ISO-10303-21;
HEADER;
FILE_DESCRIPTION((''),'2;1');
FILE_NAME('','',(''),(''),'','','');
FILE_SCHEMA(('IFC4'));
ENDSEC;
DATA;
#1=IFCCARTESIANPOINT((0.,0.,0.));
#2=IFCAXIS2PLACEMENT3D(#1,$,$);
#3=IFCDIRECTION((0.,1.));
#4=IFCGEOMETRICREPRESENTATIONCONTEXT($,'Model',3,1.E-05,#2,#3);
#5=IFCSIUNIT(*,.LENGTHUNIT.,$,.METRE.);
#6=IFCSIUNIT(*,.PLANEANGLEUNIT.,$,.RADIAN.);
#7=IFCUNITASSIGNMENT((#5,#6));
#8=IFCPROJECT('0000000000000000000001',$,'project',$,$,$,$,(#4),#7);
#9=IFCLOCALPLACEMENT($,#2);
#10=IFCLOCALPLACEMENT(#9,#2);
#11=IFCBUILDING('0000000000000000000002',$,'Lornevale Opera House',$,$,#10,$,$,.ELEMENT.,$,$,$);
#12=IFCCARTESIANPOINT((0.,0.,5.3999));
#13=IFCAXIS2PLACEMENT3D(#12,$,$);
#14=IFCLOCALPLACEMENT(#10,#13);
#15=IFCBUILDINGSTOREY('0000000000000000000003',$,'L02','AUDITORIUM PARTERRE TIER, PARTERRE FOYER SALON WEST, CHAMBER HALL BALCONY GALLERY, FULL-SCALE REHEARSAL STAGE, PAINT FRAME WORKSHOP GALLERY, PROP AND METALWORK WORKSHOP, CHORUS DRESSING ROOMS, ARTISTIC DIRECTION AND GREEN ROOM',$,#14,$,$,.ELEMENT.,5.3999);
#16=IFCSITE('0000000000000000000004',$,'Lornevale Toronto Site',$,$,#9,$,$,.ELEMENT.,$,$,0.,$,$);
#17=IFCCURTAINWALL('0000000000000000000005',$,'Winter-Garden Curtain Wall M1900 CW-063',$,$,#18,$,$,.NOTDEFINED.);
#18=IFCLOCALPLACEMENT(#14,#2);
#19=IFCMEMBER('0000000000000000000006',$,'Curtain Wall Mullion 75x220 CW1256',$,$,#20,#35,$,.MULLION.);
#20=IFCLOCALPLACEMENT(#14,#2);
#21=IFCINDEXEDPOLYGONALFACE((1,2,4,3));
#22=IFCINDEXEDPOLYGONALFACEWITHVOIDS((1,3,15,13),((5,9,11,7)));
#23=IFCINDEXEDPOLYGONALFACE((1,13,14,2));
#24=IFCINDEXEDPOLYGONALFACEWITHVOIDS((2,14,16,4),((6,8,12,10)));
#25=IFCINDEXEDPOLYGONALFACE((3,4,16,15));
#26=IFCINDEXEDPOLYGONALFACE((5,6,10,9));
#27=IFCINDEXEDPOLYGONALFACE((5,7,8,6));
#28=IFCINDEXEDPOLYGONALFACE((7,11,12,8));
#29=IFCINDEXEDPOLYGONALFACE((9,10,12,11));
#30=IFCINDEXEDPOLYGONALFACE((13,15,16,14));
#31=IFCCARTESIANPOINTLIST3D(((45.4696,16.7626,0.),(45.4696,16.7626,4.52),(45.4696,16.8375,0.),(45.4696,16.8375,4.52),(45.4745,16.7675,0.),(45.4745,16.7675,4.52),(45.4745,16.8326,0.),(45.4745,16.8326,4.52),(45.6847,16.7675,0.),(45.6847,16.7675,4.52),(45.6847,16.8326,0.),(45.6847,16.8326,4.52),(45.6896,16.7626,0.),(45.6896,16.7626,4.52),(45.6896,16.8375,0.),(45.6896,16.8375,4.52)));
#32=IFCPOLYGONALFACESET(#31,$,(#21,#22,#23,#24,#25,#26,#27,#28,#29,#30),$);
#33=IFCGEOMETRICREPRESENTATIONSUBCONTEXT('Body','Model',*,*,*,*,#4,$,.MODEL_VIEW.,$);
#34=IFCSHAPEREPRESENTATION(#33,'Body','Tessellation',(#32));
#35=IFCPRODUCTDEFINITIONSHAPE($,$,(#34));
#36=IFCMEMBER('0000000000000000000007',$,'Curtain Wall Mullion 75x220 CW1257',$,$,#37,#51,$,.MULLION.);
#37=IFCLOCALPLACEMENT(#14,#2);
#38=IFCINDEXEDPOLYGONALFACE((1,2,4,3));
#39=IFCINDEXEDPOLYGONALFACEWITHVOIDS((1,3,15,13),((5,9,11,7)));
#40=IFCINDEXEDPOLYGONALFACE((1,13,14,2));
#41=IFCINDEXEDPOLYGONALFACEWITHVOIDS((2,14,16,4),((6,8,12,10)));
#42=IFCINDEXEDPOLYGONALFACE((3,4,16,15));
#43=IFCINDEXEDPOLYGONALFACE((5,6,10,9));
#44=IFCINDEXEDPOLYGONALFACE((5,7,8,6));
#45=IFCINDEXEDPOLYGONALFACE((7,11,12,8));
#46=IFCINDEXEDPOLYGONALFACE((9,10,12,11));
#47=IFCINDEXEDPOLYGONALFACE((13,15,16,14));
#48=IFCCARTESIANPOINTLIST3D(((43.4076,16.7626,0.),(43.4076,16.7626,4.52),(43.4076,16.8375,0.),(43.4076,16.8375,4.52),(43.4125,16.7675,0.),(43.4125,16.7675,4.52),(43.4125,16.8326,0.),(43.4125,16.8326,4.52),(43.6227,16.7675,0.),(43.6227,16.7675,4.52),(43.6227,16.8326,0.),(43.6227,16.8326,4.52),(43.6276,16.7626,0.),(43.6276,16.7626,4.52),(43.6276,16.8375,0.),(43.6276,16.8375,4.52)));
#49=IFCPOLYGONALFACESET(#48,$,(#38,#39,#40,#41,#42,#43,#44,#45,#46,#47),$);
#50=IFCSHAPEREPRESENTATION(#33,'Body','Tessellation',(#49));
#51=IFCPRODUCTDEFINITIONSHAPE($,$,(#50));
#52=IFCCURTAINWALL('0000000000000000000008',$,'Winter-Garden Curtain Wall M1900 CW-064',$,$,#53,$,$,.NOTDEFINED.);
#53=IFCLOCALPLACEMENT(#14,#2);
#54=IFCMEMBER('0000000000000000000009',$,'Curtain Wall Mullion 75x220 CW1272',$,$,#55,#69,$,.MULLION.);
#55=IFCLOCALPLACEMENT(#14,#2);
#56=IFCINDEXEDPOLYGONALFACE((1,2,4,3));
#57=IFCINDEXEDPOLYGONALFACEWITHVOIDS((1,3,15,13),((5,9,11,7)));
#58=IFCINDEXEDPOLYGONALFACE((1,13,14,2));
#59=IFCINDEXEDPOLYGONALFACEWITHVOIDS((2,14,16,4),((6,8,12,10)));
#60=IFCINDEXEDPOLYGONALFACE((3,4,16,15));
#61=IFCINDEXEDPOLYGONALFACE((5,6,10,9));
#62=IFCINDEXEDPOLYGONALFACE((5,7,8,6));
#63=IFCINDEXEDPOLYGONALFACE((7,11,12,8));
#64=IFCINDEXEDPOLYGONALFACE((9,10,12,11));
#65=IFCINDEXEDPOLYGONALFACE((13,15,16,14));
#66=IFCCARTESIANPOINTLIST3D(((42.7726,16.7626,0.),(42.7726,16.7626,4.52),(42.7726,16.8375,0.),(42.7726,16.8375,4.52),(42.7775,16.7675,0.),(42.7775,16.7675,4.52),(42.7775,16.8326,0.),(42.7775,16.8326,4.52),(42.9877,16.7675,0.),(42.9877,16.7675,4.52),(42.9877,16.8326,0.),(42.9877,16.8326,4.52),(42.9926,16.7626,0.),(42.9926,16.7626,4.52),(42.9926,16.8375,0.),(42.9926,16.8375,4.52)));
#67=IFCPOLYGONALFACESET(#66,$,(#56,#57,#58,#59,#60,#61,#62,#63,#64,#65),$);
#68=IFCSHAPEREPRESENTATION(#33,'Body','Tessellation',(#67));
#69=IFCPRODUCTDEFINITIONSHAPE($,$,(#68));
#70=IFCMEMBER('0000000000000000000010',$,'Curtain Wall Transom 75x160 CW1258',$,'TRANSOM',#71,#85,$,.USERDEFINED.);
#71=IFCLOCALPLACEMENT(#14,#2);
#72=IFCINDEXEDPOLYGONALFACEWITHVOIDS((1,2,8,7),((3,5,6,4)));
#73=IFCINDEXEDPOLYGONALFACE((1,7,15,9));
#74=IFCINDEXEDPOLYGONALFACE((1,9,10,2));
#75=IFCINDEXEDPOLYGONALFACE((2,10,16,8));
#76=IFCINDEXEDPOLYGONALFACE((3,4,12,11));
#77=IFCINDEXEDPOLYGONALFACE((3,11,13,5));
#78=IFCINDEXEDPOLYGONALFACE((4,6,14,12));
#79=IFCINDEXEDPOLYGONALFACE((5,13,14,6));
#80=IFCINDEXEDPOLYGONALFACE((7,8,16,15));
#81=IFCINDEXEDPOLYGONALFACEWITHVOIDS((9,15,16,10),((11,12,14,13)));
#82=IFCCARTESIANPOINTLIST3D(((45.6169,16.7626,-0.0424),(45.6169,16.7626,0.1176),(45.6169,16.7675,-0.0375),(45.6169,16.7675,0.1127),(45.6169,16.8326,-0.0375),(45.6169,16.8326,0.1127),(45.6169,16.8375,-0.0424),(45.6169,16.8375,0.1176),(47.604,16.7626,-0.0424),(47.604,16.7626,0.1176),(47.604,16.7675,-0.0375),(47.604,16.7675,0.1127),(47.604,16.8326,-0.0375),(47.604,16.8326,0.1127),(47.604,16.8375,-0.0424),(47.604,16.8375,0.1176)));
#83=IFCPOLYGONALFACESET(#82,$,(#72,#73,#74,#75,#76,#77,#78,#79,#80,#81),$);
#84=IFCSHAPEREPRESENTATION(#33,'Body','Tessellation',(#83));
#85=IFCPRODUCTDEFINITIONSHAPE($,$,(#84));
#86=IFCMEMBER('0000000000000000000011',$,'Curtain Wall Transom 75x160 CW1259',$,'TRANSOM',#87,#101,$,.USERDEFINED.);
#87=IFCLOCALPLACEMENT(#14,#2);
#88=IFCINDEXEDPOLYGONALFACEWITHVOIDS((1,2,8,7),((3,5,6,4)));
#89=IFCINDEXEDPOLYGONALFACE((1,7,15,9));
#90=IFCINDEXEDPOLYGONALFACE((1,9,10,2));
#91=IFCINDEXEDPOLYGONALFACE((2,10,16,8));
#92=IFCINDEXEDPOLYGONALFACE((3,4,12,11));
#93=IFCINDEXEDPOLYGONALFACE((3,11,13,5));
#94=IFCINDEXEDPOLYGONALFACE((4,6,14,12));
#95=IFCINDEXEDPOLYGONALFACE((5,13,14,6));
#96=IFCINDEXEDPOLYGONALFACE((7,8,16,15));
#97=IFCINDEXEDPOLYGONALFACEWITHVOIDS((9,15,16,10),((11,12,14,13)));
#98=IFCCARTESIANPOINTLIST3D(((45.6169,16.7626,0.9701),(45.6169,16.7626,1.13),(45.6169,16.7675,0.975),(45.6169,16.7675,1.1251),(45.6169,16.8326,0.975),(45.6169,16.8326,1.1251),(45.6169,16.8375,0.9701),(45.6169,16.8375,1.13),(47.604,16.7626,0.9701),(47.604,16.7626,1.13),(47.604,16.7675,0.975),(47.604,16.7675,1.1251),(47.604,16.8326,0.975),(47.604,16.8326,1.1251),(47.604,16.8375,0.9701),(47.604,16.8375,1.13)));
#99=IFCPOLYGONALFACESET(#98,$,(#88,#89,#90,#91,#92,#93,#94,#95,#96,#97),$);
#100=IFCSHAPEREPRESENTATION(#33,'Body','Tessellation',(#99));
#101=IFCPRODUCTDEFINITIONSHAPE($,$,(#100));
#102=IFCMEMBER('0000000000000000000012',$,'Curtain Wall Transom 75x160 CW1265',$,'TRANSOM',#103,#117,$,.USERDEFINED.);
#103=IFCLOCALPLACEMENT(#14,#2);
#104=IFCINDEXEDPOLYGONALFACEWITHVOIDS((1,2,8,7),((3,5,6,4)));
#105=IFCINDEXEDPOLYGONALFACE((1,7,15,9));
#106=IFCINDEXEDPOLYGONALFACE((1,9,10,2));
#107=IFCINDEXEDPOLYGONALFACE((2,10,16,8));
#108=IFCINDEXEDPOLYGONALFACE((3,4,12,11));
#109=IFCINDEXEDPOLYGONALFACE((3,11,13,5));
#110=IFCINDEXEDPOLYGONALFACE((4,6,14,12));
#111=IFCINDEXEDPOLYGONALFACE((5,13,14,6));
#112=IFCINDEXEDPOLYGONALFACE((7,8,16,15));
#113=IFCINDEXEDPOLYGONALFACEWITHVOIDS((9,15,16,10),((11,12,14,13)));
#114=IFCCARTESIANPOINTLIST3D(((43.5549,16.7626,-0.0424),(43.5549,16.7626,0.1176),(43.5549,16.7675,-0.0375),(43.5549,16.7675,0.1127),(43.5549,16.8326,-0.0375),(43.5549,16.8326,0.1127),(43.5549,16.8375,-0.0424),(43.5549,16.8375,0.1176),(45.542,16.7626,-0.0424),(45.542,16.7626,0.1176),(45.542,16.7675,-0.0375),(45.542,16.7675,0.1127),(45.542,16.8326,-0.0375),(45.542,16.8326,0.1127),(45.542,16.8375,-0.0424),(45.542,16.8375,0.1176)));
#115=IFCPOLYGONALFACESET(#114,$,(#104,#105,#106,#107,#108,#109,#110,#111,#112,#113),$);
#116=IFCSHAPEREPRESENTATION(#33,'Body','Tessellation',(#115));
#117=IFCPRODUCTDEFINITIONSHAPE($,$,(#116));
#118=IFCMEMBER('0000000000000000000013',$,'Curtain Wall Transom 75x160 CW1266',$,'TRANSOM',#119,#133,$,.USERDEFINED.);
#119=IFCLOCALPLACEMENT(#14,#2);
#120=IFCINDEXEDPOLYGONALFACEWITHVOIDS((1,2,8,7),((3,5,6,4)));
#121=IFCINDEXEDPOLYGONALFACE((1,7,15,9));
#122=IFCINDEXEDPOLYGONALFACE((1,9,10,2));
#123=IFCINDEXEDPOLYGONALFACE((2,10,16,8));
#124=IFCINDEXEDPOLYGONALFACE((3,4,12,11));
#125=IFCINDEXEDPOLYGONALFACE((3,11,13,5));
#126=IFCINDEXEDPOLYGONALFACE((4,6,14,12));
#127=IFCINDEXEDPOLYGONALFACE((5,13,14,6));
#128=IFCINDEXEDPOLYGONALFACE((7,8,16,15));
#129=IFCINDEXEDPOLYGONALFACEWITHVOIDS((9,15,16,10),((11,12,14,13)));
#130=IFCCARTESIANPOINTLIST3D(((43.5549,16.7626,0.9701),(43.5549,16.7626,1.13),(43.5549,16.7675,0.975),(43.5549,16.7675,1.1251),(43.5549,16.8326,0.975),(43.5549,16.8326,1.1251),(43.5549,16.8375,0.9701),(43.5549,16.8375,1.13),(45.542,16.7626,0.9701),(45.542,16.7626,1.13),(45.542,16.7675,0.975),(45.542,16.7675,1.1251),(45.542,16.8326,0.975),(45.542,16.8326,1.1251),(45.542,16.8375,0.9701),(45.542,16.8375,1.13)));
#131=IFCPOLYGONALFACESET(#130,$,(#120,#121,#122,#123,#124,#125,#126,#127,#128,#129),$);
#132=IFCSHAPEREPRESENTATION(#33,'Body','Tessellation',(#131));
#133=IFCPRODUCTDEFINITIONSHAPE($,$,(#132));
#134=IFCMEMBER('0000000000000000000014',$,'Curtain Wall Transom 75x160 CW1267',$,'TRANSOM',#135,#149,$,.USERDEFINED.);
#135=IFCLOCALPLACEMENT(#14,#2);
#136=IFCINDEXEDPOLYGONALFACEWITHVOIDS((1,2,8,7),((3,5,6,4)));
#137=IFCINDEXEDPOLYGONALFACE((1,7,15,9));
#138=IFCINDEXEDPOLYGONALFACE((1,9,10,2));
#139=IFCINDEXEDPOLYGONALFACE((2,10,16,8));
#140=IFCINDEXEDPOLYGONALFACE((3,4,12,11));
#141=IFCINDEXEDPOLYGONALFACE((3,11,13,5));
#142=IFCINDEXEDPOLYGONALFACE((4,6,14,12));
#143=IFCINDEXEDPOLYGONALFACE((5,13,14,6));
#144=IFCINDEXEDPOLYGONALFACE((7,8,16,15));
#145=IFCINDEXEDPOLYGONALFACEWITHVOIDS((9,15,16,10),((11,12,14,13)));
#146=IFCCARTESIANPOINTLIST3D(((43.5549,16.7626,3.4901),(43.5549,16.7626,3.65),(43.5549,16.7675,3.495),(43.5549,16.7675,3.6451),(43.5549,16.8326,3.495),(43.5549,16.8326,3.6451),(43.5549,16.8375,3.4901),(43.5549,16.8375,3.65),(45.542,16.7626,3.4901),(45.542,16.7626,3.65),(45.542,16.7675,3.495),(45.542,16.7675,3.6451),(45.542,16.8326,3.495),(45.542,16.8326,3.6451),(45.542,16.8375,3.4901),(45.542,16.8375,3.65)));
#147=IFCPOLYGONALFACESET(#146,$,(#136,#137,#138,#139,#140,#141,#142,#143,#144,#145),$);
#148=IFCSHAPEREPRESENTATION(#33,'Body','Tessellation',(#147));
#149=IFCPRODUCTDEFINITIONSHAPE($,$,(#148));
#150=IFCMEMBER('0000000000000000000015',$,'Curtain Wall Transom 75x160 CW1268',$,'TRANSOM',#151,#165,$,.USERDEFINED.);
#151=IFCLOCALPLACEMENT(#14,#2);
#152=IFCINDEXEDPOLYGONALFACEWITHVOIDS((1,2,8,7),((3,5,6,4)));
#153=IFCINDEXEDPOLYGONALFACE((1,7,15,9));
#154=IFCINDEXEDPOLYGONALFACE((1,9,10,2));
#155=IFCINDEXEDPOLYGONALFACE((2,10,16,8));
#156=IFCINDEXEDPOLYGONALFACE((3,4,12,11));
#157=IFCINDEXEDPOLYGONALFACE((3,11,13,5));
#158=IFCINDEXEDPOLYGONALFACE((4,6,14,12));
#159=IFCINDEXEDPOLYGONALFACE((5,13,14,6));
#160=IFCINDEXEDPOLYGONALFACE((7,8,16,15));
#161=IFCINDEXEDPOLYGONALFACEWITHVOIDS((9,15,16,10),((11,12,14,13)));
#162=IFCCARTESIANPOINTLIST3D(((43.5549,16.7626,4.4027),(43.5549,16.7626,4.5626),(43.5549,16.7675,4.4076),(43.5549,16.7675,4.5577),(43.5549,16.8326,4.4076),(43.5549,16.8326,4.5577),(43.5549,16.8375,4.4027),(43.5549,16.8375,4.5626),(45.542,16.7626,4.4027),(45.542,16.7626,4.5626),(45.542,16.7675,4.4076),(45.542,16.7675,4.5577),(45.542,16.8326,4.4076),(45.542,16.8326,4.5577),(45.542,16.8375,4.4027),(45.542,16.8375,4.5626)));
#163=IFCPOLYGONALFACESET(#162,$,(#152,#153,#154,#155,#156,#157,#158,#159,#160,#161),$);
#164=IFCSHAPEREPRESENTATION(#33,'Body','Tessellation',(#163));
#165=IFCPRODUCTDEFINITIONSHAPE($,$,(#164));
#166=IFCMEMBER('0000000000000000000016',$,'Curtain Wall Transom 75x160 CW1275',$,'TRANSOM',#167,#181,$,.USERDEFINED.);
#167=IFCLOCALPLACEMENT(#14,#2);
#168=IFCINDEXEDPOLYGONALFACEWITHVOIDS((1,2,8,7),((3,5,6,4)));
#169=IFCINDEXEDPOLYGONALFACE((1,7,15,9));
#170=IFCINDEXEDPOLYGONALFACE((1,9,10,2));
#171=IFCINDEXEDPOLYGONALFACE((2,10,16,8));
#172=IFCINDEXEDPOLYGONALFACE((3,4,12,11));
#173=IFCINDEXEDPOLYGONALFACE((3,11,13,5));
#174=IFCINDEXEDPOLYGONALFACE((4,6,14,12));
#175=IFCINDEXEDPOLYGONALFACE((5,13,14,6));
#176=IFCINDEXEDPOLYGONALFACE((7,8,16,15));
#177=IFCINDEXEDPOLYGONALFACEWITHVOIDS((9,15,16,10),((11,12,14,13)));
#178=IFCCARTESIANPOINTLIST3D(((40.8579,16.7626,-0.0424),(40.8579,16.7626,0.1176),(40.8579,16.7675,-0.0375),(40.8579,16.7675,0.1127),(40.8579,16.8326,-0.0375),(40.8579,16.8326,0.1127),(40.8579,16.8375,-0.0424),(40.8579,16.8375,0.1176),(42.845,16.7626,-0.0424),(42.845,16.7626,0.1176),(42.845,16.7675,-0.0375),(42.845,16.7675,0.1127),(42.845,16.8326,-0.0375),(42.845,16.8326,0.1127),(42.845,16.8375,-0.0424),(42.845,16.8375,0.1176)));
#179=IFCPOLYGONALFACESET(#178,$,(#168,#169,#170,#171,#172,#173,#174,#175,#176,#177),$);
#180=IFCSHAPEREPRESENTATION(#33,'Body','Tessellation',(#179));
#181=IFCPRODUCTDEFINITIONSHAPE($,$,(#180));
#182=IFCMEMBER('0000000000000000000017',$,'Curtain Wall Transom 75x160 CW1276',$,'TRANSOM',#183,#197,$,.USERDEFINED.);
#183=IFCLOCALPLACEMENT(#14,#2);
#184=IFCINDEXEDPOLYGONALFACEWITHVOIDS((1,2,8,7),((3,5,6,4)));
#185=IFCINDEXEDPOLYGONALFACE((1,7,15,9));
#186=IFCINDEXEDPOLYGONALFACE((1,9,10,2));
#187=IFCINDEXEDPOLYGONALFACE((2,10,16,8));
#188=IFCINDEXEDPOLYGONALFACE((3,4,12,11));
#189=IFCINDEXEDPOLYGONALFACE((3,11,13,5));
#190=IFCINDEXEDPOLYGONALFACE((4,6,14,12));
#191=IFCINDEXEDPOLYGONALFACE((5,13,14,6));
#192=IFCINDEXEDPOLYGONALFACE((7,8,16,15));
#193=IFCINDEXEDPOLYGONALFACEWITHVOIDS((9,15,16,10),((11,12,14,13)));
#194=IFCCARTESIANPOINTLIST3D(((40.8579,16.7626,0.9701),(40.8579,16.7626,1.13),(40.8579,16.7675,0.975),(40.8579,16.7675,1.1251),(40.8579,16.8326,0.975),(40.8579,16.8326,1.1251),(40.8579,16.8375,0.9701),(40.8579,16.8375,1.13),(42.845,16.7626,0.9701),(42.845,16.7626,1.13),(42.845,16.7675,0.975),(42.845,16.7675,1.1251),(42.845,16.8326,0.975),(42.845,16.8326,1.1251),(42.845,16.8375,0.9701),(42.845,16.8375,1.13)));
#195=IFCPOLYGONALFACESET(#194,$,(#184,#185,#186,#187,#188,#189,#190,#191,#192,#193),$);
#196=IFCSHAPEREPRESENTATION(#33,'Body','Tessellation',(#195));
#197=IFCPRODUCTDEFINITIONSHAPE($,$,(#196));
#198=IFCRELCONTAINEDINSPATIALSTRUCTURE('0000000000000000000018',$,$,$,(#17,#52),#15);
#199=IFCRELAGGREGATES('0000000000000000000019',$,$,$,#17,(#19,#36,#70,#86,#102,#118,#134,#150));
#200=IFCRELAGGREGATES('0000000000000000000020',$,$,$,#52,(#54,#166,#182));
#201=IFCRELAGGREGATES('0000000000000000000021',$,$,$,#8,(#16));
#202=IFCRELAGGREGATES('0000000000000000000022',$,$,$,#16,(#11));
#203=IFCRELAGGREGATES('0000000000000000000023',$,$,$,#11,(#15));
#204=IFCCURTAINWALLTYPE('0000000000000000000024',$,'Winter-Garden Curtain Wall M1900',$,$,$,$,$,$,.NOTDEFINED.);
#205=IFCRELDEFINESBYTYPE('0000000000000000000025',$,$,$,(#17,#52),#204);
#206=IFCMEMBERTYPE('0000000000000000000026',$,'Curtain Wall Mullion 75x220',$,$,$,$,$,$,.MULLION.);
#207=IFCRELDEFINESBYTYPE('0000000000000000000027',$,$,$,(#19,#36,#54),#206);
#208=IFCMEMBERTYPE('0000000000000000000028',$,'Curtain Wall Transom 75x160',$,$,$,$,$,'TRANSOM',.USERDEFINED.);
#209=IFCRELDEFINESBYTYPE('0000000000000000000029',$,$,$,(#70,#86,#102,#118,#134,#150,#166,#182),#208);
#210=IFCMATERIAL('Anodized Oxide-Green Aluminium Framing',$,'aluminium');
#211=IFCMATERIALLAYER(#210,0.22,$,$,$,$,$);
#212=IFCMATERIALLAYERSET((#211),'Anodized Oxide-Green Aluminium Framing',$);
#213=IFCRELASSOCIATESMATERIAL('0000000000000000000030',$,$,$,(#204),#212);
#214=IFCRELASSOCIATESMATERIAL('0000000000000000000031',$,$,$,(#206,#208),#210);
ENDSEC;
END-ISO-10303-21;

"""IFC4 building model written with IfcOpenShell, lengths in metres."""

from ifc_helpers import new_model, si_unit, direction, frame, origin, origin_2d, place, context, subcontext, project, spatial, hollow_rectangle, extrude, material, layer, layer_set, material_profile, profile_set, type_object, element, aggregate, save


model = new_model("IFC4")

# Units and contexts
model_context = context("Model", 3, precision=1e-05, world=origin(), true_north=direction((0.0, 1.0)))
body_context = subcontext(model_context, "Body", "Model", "MODEL_VIEW")
ifc_project = project(units=[si_unit("LENGTHUNIT", "METRE"), si_unit("PLANEANGLEUNIT", "RADIAN")], contexts=[model_context])

# Site, building, storey
site_placement = place(None, origin())
site = spatial("IfcSite", under=ifc_project, at=site_placement, Name="Lornevale Toronto Site", CompositionType="ELEMENT", RefElevation=0.0)
building_placement = place(site_placement, origin())
building = spatial("IfcBuilding", under=site, at=building_placement, Name="Lornevale Opera House", CompositionType="ELEMENT")
storey_placement = place(building_placement, frame((0.0, 0.0, 5.3999)))
storey = spatial("IfcBuildingStorey", under=building, at=storey_placement, Name="L02", Description="AUDITORIUM PARTERRE TIER, PARTERRE FOYER SALON WEST, CHAMBER HALL BALCONY GALLERY, FULL-SCALE REHEARSAL STAGE, PAINT FRAME WORKSHOP GALLERY, PROP AND METALWORK WORKSHOP, CHORUS DRESSING ROOMS, ARTISTIC DIRECTION AND GREEN ROOM", CompositionType="ELEMENT", Elevation=5.3999)

# Curtain wall, members
ifc_material_1 = material(Name="Anodized Oxide-Green Aluminium Framing", Category="aluminium")
ifc_layer_1 = layer(ifc_material_1, 0.22)
ifc_layer_set_1 = layer_set([ifc_layer_1], Name="Anodized Oxide-Green Aluminium Framing")
curtain_wall_type = type_object("IfcCurtainWallType", Name="Winter-Garden Curtain Wall M1900", PredefinedType="NOTDEFINED", material=ifc_layer_set_1)
curtain_wall_1_placement = place(storey_placement, origin())
curtain_wall_1 = element("IfcCurtainWall", 1, at=curtain_wall_1_placement, inside=storey, type_object=curtain_wall_type, Name="Winter-Garden Curtain Wall M1900 CW-063", PredefinedType="NOTDEFINED")
ifc_material_profile_1 = material_profile(ifc_material_1, hollow_rectangle(XDim=0.075, YDim=0.22, WallThickness=0.0049, at=origin_2d()), Name="ALU75x220x5")
ifc_profile_set_1 = profile_set([ifc_material_profile_1], Name="Anodized Oxide-Green Aluminium Framing")
member_type_1 = type_object("IfcMemberType", Name="Curtain Wall Mullion 75x220", PredefinedType="MULLION", material=ifc_profile_set_1)
member_1_placement = place(storey_placement, frame((45.5796, 16.8, 0.0), z_axis=(0.0, 0.0, 1.0), x_axis=(0.0, -1.0, 0.0)))
member_1 = element("IfcMember", 2, at=member_1_placement, type_object=member_type_1, Name="Curtain Wall Mullion 75x220 CW1256", PredefinedType="MULLION", context=body_context, shape_type="SweptSolid", body=[
    extrude(hollow_rectangle(XDim=0.075, YDim=0.22, WallThickness=0.0049, at=origin_2d()), origin(), (0.0, 0.0, 1.0), 4.52),
])
member_2_placement = place(storey_placement, frame((43.5176, 16.8, 0.0), z_axis=(0.0, 0.0, 1.0), x_axis=(0.0, -1.0, 0.0)))
member_2 = element("IfcMember", 3, at=member_2_placement, type_object=member_type_1, Name="Curtain Wall Mullion 75x220 CW1257", PredefinedType="MULLION", context=body_context, shape_type="SweptSolid", body=[
    extrude(hollow_rectangle(XDim=0.075, YDim=0.22, WallThickness=0.0049, at=origin_2d()), origin(), (0.0, 0.0, 1.0), 4.52),
])

# Curtain wall, member
curtain_wall_2_placement = place(storey_placement, origin())
curtain_wall_2 = element("IfcCurtainWall", 4, at=curtain_wall_2_placement, inside=storey, type_object=curtain_wall_type, Name="Winter-Garden Curtain Wall M1900 CW-064", PredefinedType="NOTDEFINED")
member_3_placement = place(storey_placement, frame((42.8826, 16.8, 0.0), z_axis=(0.0, 0.0, 1.0), x_axis=(0.0, -1.0, 0.0)))
member_3 = element("IfcMember", 5, at=member_3_placement, type_object=member_type_1, Name="Curtain Wall Mullion 75x220 CW1272", PredefinedType="MULLION", context=body_context, shape_type="SweptSolid", body=[
    extrude(hollow_rectangle(XDim=0.075, YDim=0.22, WallThickness=0.0049, at=origin_2d()), origin(), (0.0, 0.0, 1.0), 4.52),
])

# Members
ifc_material_profile_2 = material_profile(ifc_material_1, hollow_rectangle(XDim=0.075, YDim=0.1599, WallThickness=0.0049, at=origin_2d()), Name="ALU75x160x5")
ifc_profile_set_2 = profile_set([ifc_material_profile_2], Name="Anodized Oxide-Green Aluminium Framing")
member_type_2 = type_object("IfcMemberType", Name="Curtain Wall Transom 75x160", ElementType="TRANSOM", PredefinedType="USERDEFINED", material=ifc_profile_set_2)
member_4_placement = place(storey_placement, frame((47.604, 16.8, 0.0376), z_axis=(-1.0, 0.0, 0.0), x_axis=(0.0, -1.0, 0.0)))
member_4 = element("IfcMember", 6, at=member_4_placement, type_object=member_type_2, Name="Curtain Wall Transom 75x160 CW1258", ObjectType="TRANSOM", PredefinedType="USERDEFINED", context=body_context, shape_type="SweptSolid", body=[
    extrude(hollow_rectangle(XDim=0.075, YDim=0.1599, WallThickness=0.0049, at=origin_2d()), origin(), (0.0, 0.0, 1.0), 1.9871),
])
member_5_placement = place(storey_placement, frame((47.604, 16.8, 1.05), z_axis=(-1.0, 0.0, 0.0), x_axis=(0.0, -1.0, 0.0)))
member_5 = element("IfcMember", 7, at=member_5_placement, type_object=member_type_2, Name="Curtain Wall Transom 75x160 CW1259", ObjectType="TRANSOM", PredefinedType="USERDEFINED", context=body_context, shape_type="SweptSolid", body=[
    extrude(hollow_rectangle(XDim=0.075, YDim=0.1599, WallThickness=0.0049, at=origin_2d()), origin(), (0.0, 0.0, 1.0), 1.9871),
])
member_6_placement = place(storey_placement, frame((45.542, 16.8, 0.0376), z_axis=(-1.0, 0.0, 0.0), x_axis=(0.0, -1.0, 0.0)))
member_6 = element("IfcMember", 8, at=member_6_placement, type_object=member_type_2, Name="Curtain Wall Transom 75x160 CW1265", ObjectType="TRANSOM", PredefinedType="USERDEFINED", context=body_context, shape_type="SweptSolid", body=[
    extrude(hollow_rectangle(XDim=0.075, YDim=0.1599, WallThickness=0.0049, at=origin_2d()), origin(), (0.0, 0.0, 1.0), 1.9871),
])
member_7_placement = place(storey_placement, frame((45.542, 16.8, 1.05), z_axis=(-1.0, 0.0, 0.0), x_axis=(0.0, -1.0, 0.0)))
member_7 = element("IfcMember", 9, at=member_7_placement, type_object=member_type_2, Name="Curtain Wall Transom 75x160 CW1266", ObjectType="TRANSOM", PredefinedType="USERDEFINED", context=body_context, shape_type="SweptSolid", body=[
    extrude(hollow_rectangle(XDim=0.075, YDim=0.1599, WallThickness=0.0049, at=origin_2d()), origin(), (0.0, 0.0, 1.0), 1.9871),
])
member_8_placement = place(storey_placement, frame((45.542, 16.8, 3.5701), z_axis=(-1.0, 0.0, 0.0), x_axis=(0.0, -1.0, 0.0)))
member_8 = element("IfcMember", 10, at=member_8_placement, type_object=member_type_2, Name="Curtain Wall Transom 75x160 CW1267", ObjectType="TRANSOM", PredefinedType="USERDEFINED", context=body_context, shape_type="SweptSolid", body=[
    extrude(hollow_rectangle(XDim=0.075, YDim=0.1599, WallThickness=0.0049, at=origin_2d()), origin(), (0.0, 0.0, 1.0), 1.9871),
])
member_9_placement = place(storey_placement, frame((45.542, 16.8, 4.4827), z_axis=(-1.0, 0.0, 0.0), x_axis=(0.0, -1.0, 0.0)))
member_9 = element("IfcMember", 11, at=member_9_placement, type_object=member_type_2, Name="Curtain Wall Transom 75x160 CW1268", ObjectType="TRANSOM", PredefinedType="USERDEFINED", context=body_context, shape_type="SweptSolid", body=[
    extrude(hollow_rectangle(XDim=0.075, YDim=0.1599, WallThickness=0.0049, at=origin_2d()), origin(), (0.0, 0.0, 1.0), 1.9871),
])
member_10_placement = place(storey_placement, frame((42.845, 16.8, 0.0376), z_axis=(-1.0, 0.0, 0.0), x_axis=(0.0, -1.0, 0.0)))
member_10 = element("IfcMember", 12, at=member_10_placement, type_object=member_type_2, Name="Curtain Wall Transom 75x160 CW1275", ObjectType="TRANSOM", PredefinedType="USERDEFINED", context=body_context, shape_type="SweptSolid", body=[
    extrude(hollow_rectangle(XDim=0.075, YDim=0.1599, WallThickness=0.0049, at=origin_2d()), origin(), (0.0, 0.0, 1.0), 1.9871),
])
member_11_placement = place(storey_placement, frame((42.845, 16.8, 1.05), z_axis=(-1.0, 0.0, 0.0), x_axis=(0.0, -1.0, 0.0)))
member_11 = element("IfcMember", 13, at=member_11_placement, type_object=member_type_2, Name="Curtain Wall Transom 75x160 CW1276", ObjectType="TRANSOM", PredefinedType="USERDEFINED", context=body_context, shape_type="SweptSolid", body=[
    extrude(hollow_rectangle(XDim=0.075, YDim=0.1599, WallThickness=0.0049, at=origin_2d()), origin(), (0.0, 0.0, 1.0), 1.9871),
])

aggregate(curtain_wall_1, [member_1, member_2, member_4, member_5, member_6, member_7, member_8, member_9])
aggregate(curtain_wall_2, [member_3, member_10, member_11])

save(model, "model.ifc")
